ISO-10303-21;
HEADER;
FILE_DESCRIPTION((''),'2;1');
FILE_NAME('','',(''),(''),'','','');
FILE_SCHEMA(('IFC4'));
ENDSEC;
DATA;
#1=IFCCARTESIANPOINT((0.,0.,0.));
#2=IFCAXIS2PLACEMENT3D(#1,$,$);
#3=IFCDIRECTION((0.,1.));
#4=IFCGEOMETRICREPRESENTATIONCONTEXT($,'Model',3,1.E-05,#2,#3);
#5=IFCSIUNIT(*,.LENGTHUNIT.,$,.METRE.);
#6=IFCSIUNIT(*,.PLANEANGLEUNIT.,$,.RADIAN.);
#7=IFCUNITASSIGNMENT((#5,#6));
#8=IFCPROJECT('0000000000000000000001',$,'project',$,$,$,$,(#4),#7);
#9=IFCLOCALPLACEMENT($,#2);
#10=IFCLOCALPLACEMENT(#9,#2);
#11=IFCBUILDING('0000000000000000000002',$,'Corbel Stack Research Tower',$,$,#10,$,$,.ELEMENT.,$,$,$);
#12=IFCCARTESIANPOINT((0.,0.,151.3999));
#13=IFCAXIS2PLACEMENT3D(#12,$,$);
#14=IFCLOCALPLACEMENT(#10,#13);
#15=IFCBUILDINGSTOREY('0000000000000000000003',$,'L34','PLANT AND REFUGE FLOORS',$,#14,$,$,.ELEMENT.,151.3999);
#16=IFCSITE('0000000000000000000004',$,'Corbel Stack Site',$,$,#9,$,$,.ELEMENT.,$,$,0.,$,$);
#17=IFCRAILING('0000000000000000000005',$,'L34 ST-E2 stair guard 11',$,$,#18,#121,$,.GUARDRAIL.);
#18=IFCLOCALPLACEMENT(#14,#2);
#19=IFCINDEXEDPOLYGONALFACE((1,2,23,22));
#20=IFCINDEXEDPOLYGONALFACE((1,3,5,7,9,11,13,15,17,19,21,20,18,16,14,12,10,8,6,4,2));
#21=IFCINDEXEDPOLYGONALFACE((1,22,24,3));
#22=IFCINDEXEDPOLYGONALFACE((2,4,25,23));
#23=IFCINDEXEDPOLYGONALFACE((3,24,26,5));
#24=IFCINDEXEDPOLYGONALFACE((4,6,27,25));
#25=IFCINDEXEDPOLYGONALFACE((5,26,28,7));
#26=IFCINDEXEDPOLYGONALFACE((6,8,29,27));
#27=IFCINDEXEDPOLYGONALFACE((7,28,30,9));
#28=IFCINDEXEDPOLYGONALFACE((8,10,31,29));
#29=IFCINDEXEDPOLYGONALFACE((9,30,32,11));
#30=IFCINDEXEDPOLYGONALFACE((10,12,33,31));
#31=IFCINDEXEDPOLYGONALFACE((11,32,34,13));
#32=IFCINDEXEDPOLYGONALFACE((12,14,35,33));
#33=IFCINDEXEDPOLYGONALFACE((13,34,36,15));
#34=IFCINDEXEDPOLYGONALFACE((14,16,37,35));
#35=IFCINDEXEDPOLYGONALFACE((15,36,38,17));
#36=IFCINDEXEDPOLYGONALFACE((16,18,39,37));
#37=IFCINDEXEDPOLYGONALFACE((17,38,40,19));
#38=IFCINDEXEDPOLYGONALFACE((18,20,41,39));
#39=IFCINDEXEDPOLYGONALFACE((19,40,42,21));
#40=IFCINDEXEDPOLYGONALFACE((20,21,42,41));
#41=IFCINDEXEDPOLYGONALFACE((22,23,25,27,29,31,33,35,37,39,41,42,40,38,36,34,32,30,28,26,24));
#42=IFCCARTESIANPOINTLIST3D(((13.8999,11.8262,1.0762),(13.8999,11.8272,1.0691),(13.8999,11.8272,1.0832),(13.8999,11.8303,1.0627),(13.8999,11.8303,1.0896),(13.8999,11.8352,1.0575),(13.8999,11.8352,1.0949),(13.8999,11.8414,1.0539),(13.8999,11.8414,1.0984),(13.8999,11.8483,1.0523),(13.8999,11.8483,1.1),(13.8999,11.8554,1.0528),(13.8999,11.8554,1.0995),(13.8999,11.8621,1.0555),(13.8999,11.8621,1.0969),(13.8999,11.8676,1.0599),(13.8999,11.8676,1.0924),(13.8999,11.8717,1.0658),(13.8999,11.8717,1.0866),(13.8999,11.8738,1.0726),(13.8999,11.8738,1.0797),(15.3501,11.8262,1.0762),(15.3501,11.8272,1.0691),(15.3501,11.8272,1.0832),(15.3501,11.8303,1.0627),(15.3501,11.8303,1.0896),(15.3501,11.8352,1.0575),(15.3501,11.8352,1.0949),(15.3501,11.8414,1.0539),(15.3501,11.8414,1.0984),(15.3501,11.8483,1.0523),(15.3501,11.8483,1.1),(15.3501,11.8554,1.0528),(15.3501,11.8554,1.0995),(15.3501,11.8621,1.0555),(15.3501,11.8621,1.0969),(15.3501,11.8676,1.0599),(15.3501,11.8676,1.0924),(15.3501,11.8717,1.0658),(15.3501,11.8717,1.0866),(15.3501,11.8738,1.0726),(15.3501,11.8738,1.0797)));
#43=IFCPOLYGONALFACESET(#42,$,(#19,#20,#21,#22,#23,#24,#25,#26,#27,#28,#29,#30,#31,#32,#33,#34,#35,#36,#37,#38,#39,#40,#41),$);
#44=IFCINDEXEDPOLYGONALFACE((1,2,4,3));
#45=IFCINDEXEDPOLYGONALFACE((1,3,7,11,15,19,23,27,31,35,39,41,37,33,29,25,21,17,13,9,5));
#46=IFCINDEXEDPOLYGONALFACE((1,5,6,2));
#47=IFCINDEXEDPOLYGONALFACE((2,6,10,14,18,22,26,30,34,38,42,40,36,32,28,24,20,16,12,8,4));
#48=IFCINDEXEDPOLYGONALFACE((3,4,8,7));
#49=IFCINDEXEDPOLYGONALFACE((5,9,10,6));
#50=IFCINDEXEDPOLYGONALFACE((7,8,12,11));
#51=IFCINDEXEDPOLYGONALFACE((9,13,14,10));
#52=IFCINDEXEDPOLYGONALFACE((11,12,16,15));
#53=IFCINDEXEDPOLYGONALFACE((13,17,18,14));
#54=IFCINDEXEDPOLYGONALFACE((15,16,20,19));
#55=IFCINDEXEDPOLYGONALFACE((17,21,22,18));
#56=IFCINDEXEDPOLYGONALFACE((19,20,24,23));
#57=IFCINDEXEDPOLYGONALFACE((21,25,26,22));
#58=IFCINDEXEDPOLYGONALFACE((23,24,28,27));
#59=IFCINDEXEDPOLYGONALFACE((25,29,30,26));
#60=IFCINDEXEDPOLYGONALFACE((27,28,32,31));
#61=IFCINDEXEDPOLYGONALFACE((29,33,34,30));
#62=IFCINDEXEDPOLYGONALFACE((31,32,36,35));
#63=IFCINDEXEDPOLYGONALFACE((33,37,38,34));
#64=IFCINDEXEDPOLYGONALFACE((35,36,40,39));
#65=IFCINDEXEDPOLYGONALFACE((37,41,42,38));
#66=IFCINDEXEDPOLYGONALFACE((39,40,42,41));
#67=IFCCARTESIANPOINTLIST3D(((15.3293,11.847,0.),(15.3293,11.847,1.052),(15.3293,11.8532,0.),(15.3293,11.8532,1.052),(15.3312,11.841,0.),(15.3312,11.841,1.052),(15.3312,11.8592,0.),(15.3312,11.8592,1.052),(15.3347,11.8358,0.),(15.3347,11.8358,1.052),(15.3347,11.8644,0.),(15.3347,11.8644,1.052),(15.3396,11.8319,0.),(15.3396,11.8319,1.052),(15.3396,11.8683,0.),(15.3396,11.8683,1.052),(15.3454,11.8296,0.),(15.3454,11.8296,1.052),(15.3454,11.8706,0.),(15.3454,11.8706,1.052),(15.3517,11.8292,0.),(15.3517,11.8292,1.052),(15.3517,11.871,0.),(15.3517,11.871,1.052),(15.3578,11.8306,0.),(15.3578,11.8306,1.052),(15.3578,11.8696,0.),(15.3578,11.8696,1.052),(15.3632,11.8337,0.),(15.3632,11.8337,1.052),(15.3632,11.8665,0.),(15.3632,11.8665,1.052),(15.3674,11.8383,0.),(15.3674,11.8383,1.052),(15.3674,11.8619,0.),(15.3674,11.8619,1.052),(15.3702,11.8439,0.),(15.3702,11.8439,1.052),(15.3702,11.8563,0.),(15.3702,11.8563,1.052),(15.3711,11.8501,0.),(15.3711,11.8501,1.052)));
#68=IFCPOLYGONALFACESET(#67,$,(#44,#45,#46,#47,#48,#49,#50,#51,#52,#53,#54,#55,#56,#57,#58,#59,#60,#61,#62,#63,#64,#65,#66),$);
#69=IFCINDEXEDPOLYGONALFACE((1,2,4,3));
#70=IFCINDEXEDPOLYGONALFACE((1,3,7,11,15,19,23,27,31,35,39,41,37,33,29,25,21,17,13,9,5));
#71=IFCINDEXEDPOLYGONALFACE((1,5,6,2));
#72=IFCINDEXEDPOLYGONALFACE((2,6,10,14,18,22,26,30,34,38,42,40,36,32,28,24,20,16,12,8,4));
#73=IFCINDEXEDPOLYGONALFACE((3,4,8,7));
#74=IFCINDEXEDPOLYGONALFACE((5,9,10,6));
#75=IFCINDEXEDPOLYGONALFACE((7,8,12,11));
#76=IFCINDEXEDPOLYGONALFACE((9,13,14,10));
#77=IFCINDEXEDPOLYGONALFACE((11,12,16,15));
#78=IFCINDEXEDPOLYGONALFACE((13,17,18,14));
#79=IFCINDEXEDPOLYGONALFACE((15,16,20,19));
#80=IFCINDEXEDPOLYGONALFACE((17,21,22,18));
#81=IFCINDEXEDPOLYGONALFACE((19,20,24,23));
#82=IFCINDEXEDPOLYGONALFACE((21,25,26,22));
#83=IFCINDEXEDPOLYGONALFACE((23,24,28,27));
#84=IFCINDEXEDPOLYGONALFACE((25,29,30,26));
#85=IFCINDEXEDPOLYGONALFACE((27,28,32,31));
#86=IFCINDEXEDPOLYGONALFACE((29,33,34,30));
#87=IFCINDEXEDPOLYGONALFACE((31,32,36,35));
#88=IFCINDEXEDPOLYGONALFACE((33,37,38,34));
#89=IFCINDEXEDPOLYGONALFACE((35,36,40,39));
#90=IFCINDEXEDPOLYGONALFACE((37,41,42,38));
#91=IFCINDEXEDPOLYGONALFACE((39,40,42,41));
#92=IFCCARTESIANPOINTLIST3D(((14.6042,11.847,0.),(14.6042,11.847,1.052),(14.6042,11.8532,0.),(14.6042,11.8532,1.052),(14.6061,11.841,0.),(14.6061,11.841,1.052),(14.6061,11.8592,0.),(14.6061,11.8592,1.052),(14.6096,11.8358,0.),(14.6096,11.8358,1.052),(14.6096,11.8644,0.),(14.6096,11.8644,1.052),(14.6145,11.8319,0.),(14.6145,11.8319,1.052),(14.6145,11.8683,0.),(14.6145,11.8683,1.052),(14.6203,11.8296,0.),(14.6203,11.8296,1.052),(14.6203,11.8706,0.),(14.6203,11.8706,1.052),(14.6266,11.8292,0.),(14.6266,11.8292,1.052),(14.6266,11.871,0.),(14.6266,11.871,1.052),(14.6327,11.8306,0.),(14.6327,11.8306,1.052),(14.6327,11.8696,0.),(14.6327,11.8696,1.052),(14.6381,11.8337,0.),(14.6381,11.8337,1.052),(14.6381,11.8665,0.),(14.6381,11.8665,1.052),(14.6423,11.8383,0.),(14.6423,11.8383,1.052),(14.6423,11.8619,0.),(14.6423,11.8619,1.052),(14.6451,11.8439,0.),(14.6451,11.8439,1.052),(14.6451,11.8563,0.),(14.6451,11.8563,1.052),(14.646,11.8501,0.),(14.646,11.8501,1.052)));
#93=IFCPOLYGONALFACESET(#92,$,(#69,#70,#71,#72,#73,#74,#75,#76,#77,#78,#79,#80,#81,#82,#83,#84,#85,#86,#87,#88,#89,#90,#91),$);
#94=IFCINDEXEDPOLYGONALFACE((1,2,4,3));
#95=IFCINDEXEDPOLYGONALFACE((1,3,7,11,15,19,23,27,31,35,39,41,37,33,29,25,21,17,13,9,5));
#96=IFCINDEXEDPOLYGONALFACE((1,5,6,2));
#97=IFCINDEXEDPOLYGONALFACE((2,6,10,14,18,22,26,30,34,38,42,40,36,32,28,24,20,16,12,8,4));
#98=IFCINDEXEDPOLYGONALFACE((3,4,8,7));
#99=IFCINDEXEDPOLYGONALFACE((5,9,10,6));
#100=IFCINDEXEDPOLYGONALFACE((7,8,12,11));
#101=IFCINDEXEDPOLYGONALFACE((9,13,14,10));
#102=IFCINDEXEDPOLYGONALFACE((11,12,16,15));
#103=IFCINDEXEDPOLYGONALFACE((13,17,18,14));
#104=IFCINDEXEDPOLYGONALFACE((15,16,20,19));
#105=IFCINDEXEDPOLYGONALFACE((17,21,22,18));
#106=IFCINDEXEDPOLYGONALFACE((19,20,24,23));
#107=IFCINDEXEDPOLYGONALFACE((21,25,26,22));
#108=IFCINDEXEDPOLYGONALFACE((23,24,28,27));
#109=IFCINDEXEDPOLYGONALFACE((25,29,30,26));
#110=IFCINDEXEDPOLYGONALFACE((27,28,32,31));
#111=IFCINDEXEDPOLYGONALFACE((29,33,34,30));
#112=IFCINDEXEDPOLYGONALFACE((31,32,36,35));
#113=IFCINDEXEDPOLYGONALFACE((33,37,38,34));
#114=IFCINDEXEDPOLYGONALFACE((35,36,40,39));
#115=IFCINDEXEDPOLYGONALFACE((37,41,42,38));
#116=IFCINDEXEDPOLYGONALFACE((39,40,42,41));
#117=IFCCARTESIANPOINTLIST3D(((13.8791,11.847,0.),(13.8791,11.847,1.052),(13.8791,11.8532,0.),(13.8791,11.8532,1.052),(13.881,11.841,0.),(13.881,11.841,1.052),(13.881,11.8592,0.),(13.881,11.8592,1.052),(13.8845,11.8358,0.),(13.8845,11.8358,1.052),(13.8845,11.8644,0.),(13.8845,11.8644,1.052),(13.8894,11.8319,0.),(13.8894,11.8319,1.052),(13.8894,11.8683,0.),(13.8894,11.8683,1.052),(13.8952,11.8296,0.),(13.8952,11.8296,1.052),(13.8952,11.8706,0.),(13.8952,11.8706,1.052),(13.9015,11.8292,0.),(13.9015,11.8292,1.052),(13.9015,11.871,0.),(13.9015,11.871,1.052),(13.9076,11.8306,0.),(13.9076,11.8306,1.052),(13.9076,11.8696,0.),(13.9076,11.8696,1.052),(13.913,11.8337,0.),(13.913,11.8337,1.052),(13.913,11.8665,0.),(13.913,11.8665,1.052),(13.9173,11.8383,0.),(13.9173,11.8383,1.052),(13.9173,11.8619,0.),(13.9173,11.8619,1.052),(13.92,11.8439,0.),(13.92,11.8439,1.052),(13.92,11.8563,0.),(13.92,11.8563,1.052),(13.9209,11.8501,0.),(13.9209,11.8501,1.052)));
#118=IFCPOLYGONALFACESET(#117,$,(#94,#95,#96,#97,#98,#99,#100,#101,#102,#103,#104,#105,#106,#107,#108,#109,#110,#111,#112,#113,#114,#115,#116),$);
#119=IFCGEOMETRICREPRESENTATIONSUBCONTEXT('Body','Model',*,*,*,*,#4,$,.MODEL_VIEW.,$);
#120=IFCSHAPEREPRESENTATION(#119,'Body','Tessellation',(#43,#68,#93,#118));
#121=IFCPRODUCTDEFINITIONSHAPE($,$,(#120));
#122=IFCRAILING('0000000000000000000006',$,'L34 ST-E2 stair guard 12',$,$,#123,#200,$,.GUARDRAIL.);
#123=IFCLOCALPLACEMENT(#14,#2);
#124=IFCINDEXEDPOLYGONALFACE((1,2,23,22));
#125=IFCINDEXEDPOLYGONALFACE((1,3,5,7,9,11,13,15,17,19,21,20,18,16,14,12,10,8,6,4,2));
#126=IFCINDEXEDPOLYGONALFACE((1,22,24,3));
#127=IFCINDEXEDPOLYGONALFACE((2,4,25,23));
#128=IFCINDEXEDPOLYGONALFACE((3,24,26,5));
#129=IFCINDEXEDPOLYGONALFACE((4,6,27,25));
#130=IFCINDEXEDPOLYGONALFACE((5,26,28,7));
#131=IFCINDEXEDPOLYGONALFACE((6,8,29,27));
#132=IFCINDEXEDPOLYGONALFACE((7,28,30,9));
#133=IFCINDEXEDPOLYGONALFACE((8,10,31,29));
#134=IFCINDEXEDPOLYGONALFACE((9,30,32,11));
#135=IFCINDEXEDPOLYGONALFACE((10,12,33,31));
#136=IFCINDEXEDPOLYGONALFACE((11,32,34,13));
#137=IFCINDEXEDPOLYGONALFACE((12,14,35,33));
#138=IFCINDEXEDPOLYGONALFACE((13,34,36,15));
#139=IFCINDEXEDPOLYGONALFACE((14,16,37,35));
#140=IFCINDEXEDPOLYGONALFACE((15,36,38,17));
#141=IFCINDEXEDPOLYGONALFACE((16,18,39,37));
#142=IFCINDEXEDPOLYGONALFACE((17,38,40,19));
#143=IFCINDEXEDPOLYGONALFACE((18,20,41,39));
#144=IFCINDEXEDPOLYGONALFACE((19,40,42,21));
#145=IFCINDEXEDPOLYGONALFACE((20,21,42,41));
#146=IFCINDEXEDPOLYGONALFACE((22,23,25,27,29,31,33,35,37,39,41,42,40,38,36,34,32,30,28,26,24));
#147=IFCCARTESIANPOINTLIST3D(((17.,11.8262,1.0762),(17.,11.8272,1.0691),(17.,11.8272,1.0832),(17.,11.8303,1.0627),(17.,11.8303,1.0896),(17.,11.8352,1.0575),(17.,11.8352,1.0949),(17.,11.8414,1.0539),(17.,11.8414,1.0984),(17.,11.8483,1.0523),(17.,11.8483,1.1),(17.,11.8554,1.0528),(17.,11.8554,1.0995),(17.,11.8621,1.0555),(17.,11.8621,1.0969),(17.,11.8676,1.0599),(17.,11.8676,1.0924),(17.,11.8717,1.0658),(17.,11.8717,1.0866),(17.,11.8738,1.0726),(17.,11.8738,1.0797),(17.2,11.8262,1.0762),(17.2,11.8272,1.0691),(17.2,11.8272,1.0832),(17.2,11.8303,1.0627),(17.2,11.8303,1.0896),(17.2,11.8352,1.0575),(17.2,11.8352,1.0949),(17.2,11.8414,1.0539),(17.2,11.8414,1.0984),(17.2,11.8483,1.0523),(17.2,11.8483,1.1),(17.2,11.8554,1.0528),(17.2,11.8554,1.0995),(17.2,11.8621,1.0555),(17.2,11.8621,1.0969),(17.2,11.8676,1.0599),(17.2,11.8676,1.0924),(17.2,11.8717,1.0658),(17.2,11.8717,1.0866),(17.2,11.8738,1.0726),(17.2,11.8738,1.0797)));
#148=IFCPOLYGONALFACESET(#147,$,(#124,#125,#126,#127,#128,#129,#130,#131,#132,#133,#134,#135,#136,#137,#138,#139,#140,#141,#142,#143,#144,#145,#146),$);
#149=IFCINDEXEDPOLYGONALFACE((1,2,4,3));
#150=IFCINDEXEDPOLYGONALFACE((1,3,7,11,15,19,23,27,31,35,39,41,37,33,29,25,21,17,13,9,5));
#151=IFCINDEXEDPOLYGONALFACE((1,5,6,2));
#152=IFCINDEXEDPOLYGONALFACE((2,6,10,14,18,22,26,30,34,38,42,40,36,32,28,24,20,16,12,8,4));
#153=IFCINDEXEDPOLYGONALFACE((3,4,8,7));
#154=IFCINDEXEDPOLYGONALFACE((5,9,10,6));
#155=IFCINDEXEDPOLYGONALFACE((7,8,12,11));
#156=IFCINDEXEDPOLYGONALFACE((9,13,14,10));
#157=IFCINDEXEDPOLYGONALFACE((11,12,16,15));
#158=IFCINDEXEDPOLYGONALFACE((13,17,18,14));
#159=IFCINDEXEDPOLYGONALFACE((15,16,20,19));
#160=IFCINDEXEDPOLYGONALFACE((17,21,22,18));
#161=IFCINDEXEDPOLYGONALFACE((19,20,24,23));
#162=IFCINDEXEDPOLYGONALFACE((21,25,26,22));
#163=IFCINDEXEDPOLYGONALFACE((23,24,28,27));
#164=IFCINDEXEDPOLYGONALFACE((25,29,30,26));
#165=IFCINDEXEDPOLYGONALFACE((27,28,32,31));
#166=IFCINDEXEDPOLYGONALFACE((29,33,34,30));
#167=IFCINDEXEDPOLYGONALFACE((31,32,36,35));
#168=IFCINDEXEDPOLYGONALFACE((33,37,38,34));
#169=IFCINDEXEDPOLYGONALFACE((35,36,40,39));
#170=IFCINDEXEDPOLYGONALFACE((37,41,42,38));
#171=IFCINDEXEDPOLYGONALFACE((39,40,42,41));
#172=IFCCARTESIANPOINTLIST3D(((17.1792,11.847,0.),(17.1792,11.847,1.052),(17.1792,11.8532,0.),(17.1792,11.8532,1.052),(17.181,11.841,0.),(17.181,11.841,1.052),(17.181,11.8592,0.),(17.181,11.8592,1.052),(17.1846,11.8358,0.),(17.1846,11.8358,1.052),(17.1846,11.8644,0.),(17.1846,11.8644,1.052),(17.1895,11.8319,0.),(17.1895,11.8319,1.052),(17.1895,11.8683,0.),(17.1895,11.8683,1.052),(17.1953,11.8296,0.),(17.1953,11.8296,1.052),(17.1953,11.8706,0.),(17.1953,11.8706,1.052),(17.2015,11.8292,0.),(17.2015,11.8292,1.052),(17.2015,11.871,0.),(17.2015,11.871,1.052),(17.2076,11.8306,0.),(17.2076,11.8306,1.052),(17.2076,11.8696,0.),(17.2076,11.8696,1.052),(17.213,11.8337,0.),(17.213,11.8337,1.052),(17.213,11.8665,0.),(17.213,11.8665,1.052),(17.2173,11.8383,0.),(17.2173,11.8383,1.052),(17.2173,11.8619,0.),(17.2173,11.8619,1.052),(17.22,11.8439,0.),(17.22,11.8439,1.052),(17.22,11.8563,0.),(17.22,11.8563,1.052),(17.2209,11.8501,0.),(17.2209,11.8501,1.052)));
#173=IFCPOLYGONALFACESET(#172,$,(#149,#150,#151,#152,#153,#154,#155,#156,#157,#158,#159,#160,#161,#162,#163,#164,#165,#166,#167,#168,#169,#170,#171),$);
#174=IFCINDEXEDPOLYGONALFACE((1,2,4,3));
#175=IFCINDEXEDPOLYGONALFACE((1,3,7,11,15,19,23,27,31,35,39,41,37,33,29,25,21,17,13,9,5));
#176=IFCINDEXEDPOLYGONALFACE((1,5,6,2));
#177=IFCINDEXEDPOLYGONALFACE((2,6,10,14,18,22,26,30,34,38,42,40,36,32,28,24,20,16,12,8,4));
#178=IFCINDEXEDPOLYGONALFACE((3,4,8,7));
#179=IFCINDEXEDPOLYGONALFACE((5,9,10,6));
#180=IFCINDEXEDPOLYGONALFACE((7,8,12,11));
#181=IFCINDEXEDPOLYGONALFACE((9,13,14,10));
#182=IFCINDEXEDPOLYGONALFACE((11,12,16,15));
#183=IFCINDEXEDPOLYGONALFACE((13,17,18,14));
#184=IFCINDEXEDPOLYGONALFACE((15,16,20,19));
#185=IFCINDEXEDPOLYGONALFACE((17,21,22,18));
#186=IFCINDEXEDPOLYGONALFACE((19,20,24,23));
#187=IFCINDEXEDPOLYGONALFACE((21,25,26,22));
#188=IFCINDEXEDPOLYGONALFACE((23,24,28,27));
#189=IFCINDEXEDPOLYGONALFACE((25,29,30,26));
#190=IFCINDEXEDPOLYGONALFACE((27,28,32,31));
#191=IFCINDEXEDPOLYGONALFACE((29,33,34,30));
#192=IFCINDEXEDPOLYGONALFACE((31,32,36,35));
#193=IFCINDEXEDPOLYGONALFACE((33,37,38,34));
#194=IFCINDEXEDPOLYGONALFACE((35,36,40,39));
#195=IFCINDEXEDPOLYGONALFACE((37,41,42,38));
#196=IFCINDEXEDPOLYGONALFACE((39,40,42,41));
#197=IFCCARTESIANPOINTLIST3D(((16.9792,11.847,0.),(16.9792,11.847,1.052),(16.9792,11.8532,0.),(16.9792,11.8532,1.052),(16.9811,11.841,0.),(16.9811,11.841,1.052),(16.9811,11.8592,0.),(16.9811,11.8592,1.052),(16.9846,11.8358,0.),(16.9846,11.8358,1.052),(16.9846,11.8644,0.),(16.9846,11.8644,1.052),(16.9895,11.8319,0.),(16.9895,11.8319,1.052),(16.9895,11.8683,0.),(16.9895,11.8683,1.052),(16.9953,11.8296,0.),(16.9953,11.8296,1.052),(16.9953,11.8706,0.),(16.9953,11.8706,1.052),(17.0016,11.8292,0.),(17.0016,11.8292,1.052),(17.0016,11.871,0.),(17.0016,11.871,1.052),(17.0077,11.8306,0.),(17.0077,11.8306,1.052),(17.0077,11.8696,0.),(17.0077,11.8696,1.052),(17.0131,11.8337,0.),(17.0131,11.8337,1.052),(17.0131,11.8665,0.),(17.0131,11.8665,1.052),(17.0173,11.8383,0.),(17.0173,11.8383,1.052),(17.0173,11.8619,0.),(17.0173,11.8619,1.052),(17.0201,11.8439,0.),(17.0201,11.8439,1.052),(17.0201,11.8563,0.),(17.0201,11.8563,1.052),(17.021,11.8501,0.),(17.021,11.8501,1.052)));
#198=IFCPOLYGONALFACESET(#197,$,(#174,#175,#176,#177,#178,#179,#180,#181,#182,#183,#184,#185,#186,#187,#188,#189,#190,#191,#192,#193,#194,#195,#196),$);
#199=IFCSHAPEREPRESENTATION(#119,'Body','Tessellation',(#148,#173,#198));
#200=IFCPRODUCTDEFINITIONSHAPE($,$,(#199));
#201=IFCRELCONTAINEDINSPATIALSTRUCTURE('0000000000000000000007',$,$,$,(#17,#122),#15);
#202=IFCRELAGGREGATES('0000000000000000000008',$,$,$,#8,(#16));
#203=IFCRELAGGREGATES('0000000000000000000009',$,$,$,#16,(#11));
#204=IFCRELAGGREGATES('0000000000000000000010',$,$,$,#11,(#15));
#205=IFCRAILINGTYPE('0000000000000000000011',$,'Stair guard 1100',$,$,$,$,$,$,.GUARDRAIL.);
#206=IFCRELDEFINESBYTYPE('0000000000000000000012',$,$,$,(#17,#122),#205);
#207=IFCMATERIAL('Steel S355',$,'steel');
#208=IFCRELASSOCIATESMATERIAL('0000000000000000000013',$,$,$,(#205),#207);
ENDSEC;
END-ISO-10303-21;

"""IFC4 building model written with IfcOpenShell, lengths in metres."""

from ifc_helpers import new_model, si_unit, direction, frame, origin, origin_2d, place, context, subcontext, project, spatial, circle, extrude, material, type_object, element, save


model = new_model("IFC4")

# Units and contexts
model_context = context("Model", 3, precision=1e-05, world=origin(), true_north=direction((0.0, 1.0)))
body_context = subcontext(model_context, "Body", "Model", "MODEL_VIEW")
ifc_project = project(units=[si_unit("LENGTHUNIT", "METRE"), si_unit("PLANEANGLEUNIT", "RADIAN")], contexts=[model_context])

# Site, building, storey
site_placement = place(None, origin())
site = spatial("IfcSite", under=ifc_project, at=site_placement, Name="Corbel Stack Site", CompositionType="ELEMENT", RefElevation=0.0)
building_placement = place(site_placement, origin())
building = spatial("IfcBuilding", under=site, at=building_placement, Name="Corbel Stack Research Tower", CompositionType="ELEMENT")
storey_placement = place(building_placement, frame((0.0, 0.0, 151.3999)))
storey = spatial("IfcBuildingStorey", under=building, at=storey_placement, Name="L34", Description="PLANT AND REFUGE FLOORS", CompositionType="ELEMENT", Elevation=151.3999)

# Railings
ifc_material_1 = material(Name="Steel S355", Category="steel")
railing_type_1 = type_object("IfcRailingType", Name="Stair guard 1100", PredefinedType="GUARDRAIL", material=ifc_material_1)
railing_1_placement = place(storey_placement, frame((15.3501, 11.8501, 0.0)))
element("IfcRailing", 1, at=railing_1_placement, inside=storey, type_object=railing_type_1, Name="L34 ST-E2 stair guard 11", PredefinedType="GUARDRAIL", context=body_context, shape_type="SweptSolid", body=[
    extrude(circle(Radius=0.0239, at=origin_2d()), frame((0.0, 0.0, 1.0762), z_axis=(-1.0, 0.0, 0.0), x_axis=(0.0, -1.0, 0.0)), (0.0, 0.0, 1.0), 1.4502),
    extrude(circle(Radius=0.021, at=origin_2d()), origin(), (0.0, 0.0, 1.0), 1.052),
    extrude(circle(Radius=0.021, at=origin_2d()), frame((-0.7251, 0.0, 0.0)), (0.0, 0.0, 1.0), 1.052),
    extrude(circle(Radius=0.021, at=origin_2d()), frame((-1.4502, 0.0, 0.0)), (0.0, 0.0, 1.0), 1.052),
])
railing_2_placement = place(storey_placement, frame((17.2, 11.8501, 0.0)))
element("IfcRailing", 2, at=railing_2_placement, inside=storey, type_object=railing_type_1, Name="L34 ST-E2 stair guard 12", PredefinedType="GUARDRAIL", context=body_context, shape_type="SweptSolid", body=[
    extrude(circle(Radius=0.0239, at=origin_2d()), frame((0.0, 0.0, 1.0762), z_axis=(-1.0, 0.0, 0.0), x_axis=(0.0, -1.0, 0.0)), (0.0, 0.0, 1.0), 0.2),
    extrude(circle(Radius=0.021, at=origin_2d()), origin(), (0.0, 0.0, 1.0), 1.052),
    extrude(circle(Radius=0.021, at=origin_2d()), frame((-0.2, 0.0, 0.0)), (0.0, 0.0, 1.0), 1.052),
])

save(model, "model.ifc")
